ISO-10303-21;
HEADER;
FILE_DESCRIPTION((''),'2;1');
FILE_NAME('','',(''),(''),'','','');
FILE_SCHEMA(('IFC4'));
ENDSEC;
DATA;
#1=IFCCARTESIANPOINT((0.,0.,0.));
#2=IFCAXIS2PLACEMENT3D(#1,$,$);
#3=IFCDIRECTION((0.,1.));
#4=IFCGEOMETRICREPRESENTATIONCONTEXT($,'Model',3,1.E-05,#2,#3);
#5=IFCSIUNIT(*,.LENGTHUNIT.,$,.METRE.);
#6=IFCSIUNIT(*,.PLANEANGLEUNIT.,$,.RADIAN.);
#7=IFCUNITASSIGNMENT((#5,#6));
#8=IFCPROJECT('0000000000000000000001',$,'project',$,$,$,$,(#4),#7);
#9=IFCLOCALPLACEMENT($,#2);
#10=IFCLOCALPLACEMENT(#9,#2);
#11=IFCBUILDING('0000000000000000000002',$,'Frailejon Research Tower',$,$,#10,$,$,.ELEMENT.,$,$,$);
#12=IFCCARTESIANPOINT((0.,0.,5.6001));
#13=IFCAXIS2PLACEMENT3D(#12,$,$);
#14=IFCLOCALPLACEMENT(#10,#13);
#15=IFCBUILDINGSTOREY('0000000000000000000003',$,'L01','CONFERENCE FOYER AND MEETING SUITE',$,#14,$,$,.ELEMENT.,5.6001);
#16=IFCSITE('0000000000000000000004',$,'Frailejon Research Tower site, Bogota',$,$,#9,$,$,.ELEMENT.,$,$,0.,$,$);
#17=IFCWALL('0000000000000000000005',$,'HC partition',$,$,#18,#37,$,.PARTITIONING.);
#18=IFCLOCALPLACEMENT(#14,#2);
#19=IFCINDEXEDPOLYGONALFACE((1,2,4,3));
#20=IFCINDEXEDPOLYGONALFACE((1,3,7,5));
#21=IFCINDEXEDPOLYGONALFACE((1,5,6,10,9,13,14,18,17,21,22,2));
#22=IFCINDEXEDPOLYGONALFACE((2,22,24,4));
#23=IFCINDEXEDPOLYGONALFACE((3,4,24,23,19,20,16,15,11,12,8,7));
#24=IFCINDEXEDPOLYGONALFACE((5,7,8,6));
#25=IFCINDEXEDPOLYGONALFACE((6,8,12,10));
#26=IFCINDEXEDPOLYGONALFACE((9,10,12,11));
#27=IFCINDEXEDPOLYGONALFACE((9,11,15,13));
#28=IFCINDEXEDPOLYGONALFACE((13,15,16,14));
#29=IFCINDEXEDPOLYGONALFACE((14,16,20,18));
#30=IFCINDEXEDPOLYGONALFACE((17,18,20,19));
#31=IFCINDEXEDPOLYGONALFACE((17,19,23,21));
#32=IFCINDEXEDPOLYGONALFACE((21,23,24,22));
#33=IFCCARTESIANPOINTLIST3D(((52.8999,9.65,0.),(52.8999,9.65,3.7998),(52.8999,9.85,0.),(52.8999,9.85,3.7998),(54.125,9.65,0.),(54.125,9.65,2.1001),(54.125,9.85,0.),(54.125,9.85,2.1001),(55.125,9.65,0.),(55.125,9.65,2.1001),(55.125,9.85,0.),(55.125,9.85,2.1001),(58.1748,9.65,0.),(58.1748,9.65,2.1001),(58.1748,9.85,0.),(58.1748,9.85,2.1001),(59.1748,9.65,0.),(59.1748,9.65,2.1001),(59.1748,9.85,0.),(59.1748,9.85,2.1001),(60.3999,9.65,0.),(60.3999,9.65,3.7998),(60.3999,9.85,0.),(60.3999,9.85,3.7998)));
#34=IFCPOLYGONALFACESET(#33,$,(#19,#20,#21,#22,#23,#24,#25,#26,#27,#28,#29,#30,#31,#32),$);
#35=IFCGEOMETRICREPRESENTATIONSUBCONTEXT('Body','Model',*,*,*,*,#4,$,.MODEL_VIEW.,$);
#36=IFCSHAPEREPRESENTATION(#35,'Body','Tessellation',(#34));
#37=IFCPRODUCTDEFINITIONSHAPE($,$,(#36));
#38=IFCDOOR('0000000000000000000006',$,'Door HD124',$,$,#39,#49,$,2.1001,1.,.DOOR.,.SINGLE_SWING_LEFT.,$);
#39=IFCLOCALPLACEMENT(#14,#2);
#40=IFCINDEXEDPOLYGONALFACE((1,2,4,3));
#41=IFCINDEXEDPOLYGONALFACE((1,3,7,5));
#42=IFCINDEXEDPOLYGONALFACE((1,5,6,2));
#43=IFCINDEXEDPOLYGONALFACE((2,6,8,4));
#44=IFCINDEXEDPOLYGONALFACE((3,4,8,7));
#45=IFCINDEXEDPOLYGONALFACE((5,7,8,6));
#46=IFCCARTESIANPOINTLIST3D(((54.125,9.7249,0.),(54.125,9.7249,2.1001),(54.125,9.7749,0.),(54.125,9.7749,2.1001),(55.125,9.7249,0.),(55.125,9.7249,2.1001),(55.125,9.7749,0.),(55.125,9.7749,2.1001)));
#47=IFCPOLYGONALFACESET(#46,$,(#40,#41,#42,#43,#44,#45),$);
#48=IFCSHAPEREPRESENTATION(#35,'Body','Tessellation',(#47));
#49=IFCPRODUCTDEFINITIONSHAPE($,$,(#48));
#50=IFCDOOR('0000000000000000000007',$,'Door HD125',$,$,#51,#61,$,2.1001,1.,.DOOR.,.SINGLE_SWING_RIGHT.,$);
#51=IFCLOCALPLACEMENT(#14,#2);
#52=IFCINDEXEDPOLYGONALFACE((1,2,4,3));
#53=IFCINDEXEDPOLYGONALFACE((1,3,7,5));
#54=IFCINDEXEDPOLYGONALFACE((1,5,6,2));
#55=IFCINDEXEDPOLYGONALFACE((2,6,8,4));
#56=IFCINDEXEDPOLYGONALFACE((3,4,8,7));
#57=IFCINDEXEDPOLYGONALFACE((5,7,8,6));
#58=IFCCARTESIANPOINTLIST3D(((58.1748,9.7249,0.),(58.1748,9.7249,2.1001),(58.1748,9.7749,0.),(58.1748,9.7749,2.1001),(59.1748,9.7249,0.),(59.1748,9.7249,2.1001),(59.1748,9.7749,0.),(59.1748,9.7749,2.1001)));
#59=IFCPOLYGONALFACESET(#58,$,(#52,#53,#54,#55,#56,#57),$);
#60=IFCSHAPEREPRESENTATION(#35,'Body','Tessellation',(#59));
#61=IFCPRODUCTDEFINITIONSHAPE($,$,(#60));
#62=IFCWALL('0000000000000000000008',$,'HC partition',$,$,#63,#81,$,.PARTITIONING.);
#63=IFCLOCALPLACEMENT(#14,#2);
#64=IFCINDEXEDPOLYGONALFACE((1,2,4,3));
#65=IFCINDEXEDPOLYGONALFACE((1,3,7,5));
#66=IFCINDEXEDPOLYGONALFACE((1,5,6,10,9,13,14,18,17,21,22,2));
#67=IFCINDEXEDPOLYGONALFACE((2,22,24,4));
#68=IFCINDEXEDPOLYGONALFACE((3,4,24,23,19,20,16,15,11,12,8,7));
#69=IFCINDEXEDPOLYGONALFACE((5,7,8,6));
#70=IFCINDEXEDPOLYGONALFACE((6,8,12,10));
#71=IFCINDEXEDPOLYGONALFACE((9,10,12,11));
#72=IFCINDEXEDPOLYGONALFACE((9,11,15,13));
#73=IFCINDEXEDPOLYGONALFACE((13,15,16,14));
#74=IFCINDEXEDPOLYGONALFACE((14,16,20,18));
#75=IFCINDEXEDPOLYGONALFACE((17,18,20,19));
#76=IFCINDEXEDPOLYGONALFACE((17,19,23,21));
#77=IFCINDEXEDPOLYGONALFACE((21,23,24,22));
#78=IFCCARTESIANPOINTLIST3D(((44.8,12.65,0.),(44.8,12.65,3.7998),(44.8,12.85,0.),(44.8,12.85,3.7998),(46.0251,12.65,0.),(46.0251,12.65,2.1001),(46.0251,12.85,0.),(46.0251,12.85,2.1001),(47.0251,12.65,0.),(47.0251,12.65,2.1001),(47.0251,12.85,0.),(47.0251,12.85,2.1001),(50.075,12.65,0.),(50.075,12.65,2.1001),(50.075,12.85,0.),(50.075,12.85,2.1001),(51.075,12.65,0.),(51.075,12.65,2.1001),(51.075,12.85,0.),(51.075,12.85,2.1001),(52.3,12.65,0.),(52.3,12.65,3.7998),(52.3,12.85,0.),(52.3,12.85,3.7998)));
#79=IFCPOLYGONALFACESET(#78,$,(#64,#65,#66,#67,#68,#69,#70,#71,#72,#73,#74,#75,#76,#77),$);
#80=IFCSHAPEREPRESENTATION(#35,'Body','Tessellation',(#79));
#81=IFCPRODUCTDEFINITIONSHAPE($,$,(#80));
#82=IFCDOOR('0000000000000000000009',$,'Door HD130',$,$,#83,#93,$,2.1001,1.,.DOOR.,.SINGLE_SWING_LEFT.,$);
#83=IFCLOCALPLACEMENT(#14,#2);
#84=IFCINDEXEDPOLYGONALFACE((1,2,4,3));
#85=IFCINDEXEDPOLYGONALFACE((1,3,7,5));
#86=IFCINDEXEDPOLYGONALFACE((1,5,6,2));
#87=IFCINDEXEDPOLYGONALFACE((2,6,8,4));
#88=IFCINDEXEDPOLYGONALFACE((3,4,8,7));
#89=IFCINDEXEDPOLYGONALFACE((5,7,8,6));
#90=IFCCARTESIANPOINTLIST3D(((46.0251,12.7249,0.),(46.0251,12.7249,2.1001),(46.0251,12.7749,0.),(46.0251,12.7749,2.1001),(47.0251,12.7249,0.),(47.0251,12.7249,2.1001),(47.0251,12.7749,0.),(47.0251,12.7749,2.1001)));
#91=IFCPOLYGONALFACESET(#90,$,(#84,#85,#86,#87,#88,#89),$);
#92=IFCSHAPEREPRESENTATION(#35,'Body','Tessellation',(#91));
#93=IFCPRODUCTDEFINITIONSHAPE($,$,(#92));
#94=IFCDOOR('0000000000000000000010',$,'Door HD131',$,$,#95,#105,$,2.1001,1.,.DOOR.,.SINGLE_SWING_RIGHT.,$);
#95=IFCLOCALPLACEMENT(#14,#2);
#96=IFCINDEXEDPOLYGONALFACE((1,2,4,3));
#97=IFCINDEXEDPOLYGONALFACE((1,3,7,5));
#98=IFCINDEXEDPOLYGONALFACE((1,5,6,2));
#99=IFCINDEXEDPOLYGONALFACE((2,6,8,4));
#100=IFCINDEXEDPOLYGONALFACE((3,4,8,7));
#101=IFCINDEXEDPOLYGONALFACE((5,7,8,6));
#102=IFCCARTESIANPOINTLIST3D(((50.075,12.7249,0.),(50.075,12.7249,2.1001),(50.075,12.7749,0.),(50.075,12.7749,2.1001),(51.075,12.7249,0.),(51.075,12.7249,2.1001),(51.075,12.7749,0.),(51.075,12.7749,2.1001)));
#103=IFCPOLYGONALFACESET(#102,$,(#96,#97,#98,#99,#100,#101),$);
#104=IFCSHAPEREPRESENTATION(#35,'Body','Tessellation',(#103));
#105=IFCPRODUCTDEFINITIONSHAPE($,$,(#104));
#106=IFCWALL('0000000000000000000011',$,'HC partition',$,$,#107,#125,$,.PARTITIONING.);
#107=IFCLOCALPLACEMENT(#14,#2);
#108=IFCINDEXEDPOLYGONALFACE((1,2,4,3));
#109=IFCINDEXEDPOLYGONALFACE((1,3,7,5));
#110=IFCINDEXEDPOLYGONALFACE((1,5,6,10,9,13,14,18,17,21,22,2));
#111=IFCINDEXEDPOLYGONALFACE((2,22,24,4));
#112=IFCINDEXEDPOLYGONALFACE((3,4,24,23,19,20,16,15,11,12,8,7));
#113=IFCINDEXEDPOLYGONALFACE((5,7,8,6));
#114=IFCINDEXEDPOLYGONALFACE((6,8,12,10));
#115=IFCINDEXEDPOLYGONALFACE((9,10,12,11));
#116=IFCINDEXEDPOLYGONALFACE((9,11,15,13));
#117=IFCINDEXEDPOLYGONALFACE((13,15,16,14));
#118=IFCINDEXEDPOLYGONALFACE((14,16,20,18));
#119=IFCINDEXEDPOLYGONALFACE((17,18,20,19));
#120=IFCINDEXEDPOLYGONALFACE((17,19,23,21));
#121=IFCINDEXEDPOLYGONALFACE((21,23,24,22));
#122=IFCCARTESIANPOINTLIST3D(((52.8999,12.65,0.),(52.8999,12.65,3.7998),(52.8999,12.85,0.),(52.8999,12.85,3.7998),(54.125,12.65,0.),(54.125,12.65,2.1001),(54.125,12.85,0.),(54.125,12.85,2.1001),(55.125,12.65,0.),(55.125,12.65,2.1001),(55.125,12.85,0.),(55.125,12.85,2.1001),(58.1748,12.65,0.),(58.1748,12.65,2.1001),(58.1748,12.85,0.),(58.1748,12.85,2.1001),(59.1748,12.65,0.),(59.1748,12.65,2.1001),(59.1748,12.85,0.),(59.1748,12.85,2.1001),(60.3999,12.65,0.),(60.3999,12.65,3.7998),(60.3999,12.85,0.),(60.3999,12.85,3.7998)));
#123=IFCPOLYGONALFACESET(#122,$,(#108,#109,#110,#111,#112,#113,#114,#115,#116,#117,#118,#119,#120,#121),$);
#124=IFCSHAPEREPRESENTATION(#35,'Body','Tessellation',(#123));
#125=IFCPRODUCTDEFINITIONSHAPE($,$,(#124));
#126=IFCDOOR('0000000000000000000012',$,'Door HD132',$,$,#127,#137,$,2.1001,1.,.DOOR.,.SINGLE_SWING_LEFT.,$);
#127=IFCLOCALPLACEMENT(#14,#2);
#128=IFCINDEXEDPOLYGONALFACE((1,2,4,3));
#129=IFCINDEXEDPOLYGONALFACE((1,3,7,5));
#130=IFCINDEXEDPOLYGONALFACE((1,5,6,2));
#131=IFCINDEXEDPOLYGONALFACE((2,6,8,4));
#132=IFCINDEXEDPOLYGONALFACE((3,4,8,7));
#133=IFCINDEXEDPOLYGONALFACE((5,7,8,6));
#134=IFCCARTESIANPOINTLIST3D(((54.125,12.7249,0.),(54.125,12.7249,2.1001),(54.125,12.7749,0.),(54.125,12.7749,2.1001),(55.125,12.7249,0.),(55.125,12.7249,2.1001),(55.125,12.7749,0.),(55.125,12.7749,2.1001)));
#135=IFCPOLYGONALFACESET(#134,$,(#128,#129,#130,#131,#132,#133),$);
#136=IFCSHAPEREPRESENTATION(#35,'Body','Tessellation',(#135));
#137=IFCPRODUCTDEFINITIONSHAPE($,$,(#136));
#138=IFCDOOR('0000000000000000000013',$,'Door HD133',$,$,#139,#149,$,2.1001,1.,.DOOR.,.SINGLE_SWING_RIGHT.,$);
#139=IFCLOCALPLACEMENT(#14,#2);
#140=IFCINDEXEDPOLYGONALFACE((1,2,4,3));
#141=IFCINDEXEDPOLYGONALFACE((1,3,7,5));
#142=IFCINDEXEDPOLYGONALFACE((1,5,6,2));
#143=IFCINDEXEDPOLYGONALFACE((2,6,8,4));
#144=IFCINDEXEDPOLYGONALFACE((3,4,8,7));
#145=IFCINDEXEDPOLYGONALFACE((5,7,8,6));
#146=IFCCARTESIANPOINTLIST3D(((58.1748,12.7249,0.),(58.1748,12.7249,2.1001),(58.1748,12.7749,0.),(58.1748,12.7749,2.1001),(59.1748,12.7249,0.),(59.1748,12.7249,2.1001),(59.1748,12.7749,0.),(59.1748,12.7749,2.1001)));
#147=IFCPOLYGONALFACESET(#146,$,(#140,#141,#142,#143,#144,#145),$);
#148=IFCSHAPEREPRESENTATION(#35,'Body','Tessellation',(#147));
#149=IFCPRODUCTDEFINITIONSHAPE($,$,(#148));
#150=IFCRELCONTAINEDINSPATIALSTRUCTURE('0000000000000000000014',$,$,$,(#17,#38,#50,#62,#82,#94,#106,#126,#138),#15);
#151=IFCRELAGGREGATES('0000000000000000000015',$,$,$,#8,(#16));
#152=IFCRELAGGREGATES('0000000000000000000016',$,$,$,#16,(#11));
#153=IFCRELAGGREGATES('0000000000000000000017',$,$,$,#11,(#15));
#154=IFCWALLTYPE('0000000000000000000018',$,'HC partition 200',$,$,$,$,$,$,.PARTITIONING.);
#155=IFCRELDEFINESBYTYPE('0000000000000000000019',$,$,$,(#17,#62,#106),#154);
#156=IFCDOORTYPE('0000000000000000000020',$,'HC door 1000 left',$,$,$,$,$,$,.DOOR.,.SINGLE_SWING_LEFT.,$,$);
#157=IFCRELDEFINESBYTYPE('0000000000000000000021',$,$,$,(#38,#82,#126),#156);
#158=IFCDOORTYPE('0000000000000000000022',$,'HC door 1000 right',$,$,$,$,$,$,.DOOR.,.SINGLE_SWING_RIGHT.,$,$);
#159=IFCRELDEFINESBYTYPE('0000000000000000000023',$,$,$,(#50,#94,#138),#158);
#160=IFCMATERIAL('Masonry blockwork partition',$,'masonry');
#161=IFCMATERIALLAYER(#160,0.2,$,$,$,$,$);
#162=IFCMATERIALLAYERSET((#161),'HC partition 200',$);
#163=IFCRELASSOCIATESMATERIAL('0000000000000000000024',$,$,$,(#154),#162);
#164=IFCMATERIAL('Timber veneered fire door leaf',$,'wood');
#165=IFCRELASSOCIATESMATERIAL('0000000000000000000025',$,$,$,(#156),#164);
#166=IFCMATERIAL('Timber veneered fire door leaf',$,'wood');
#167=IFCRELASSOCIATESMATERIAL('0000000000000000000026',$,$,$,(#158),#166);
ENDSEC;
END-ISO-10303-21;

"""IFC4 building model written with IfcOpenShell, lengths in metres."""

from ifc_helpers import new_model, si_unit, direction, frame, frame_2d, origin, place, context, subcontext, project, spatial, rectangle, extrude, material, layer, layer_set, type_object, element, fill, save


model = new_model("IFC4")

# Units and contexts
model_context = context("Model", 3, precision=1e-05, world=origin(), true_north=direction((0.0, 1.0)))
body_context = subcontext(model_context, "Body", "Model", "MODEL_VIEW")
ifc_project = project(units=[si_unit("LENGTHUNIT", "METRE"), si_unit("PLANEANGLEUNIT", "RADIAN")], contexts=[model_context])

# Site, building, storey
site_placement = place(None, origin())
site = spatial("IfcSite", under=ifc_project, at=site_placement, Name="Frailejon Research Tower site, Bogota", CompositionType="ELEMENT", RefElevation=0.0)
building_placement = place(site_placement, origin())
building = spatial("IfcBuilding", under=site, at=building_placement, Name="Frailejon Research Tower", CompositionType="ELEMENT")
storey_placement = place(building_placement, frame((0.0, 0.0, 5.6001)))
storey = spatial("IfcBuildingStorey", under=building, at=storey_placement, Name="L01", Description="CONFERENCE FOYER AND MEETING SUITE", CompositionType="ELEMENT", Elevation=5.6001)

# Shared definitions
ifc_material_1 = material(Name="Masonry blockwork partition", Category="masonry")
ifc_layer_1 = layer(ifc_material_1, 0.2)
ifc_layer_set_1 = layer_set([ifc_layer_1], Name="HC partition 200")
wall_type_1 = type_object("IfcWallType", Name="HC partition 200", PredefinedType="PARTITIONING", material=ifc_layer_set_1)

# Walls, openings, doors
wall_1_placement = place(storey_placement, frame((52.8999, 9.75, 0.0), z_axis=(0.0, 0.0, 1.0), x_axis=(1.0, 0.0, 0.0)))
wall_1 = element("IfcWall", 1, at=wall_1_placement, inside=storey, type_object=wall_type_1, Name="HC partition", PredefinedType="PARTITIONING", context=body_context, shape_type="SweptSolid", body=[
    extrude(rectangle(XDim=7.5, YDim=0.2, at=frame_2d((3.75, 0.0))), origin(), (0.0, 0.0, 1.0), 3.7998),
])
opening_1_placement = place(wall_1_placement, frame((1.2251, 0.0, 0.0)))
opening_1 = element("IfcOpeningElement", 2, at=opening_1_placement, cuts=wall_1, PredefinedType="OPENING", context=body_context, shape_type="SweptSolid", body=[
    extrude(rectangle(XDim=1.0, YDim=2.1001, at=frame_2d((0.5, 1.05))), frame((0.0, 0.1099, 0.0), z_axis=(0.0, -1.0, 0.0), x_axis=(1.0, 0.0, 0.0)), (0.0, 0.0, 1.0), 0.22),
])
opening_2_placement = place(wall_1_placement, frame((5.2749, 0.0, 0.0)))
opening_2 = element("IfcOpeningElement", 3, at=opening_2_placement, cuts=wall_1, PredefinedType="OPENING", context=body_context, shape_type="SweptSolid", body=[
    extrude(rectangle(XDim=1.0, YDim=2.1001, at=frame_2d((0.5, 1.05))), frame((0.0, 0.1099, 0.0), z_axis=(0.0, -1.0, 0.0), x_axis=(1.0, 0.0, 0.0)), (0.0, 0.0, 1.0), 0.22),
])
ifc_material_2 = material(Name="Timber veneered fire door leaf", Category="wood")
door_type_1 = type_object("IfcDoorType", Name="HC door 1000 left", OperationType="SINGLE_SWING_LEFT", PredefinedType="DOOR", material=ifc_material_2)
door_1_placement = place(opening_1_placement, origin())
door_1 = element("IfcDoor", 4, at=door_1_placement, inside=storey, type_object=door_type_1, Name="Door HD124", OperationType="SINGLE_SWING_LEFT", OverallHeight=2.1001, OverallWidth=1.0, PredefinedType="DOOR", context=body_context, shape_type="SweptSolid", body=[
    extrude(rectangle(XDim=1.0, YDim=2.1001, at=frame_2d((0.5, 1.05))), frame((0.0, 0.0249, 0.0), z_axis=(0.0, -1.0, 0.0), x_axis=(1.0, 0.0, 0.0)), (0.0, 0.0, 1.0), 0.05),
])
fill(opening_1, door_1)
ifc_material_3 = material(Name="Timber veneered fire door leaf", Category="wood")
door_type_2 = type_object("IfcDoorType", Name="HC door 1000 right", OperationType="SINGLE_SWING_RIGHT", PredefinedType="DOOR", material=ifc_material_3)
door_2_placement = place(opening_2_placement, origin())
door_2 = element("IfcDoor", 5, at=door_2_placement, inside=storey, type_object=door_type_2, Name="Door HD125", OperationType="SINGLE_SWING_RIGHT", OverallHeight=2.1001, OverallWidth=1.0, PredefinedType="DOOR", context=body_context, shape_type="SweptSolid", body=[
    extrude(rectangle(XDim=1.0, YDim=2.1001, at=frame_2d((0.5, 1.05))), frame((0.0, 0.0249, 0.0), z_axis=(0.0, -1.0, 0.0), x_axis=(1.0, 0.0, 0.0)), (0.0, 0.0, 1.0), 0.05),
])
fill(opening_2, door_2)
wall_2_placement = place(storey_placement, frame((44.8, 12.75, 0.0), z_axis=(0.0, 0.0, 1.0), x_axis=(1.0, 0.0, 0.0)))
wall_2 = element("IfcWall", 6, at=wall_2_placement, inside=storey, type_object=wall_type_1, Name="HC partition", PredefinedType="PARTITIONING", context=body_context, shape_type="SweptSolid", body=[
    extrude(rectangle(XDim=7.5, YDim=0.2, at=frame_2d((3.75, 0.0))), origin(), (0.0, 0.0, 1.0), 3.7998),
])
opening_3_placement = place(wall_2_placement, frame((1.2251, 0.0, 0.0)))
opening_3 = element("IfcOpeningElement", 7, at=opening_3_placement, cuts=wall_2, PredefinedType="OPENING", context=body_context, shape_type="SweptSolid", body=[
    extrude(rectangle(XDim=1.0, YDim=2.1001, at=frame_2d((0.5, 1.05))), frame((0.0, 0.1099, 0.0), z_axis=(0.0, -1.0, 0.0), x_axis=(1.0, 0.0, 0.0)), (0.0, 0.0, 1.0), 0.22),
])
opening_4_placement = place(wall_2_placement, frame((5.2749, 0.0, 0.0)))
opening_4 = element("IfcOpeningElement", 8, at=opening_4_placement, cuts=wall_2, PredefinedType="OPENING", context=body_context, shape_type="SweptSolid", body=[
    extrude(rectangle(XDim=1.0, YDim=2.1001, at=frame_2d((0.5, 1.05))), frame((0.0, 0.1099, 0.0), z_axis=(0.0, -1.0, 0.0), x_axis=(1.0, 0.0, 0.0)), (0.0, 0.0, 1.0), 0.22),
])
door_3_placement = place(opening_3_placement, origin())
door_3 = element("IfcDoor", 9, at=door_3_placement, inside=storey, type_object=door_type_1, Name="Door HD130", OperationType="SINGLE_SWING_LEFT", OverallHeight=2.1001, OverallWidth=1.0, PredefinedType="DOOR", context=body_context, shape_type="SweptSolid", body=[
    extrude(rectangle(XDim=1.0, YDim=2.1001, at=frame_2d((0.5, 1.05))), frame((0.0, 0.0249, 0.0), z_axis=(0.0, -1.0, 0.0), x_axis=(1.0, 0.0, 0.0)), (0.0, 0.0, 1.0), 0.05),
])
fill(opening_3, door_3)
door_4_placement = place(opening_4_placement, origin())
door_4 = element("IfcDoor", 10, at=door_4_placement, inside=storey, type_object=door_type_2, Name="Door HD131", OperationType="SINGLE_SWING_RIGHT", OverallHeight=2.1001, OverallWidth=1.0, PredefinedType="DOOR", context=body_context, shape_type="SweptSolid", body=[
    extrude(rectangle(XDim=1.0, YDim=2.1001, at=frame_2d((0.5, 1.05))), frame((0.0, 0.0249, 0.0), z_axis=(0.0, -1.0, 0.0), x_axis=(1.0, 0.0, 0.0)), (0.0, 0.0, 1.0), 0.05),
])
fill(opening_4, door_4)
wall_3_placement = place(storey_placement, frame((52.8999, 12.75, 0.0), z_axis=(0.0, 0.0, 1.0), x_axis=(1.0, 0.0, 0.0)))
wall_3 = element("IfcWall", 11, at=wall_3_placement, inside=storey, type_object=wall_type_1, Name="HC partition", PredefinedType="PARTITIONING", context=body_context, shape_type="SweptSolid", body=[
    extrude(rectangle(XDim=7.5, YDim=0.2, at=frame_2d((3.75, 0.0))), origin(), (0.0, 0.0, 1.0), 3.7998),
])
opening_5_placement = place(wall_3_placement, frame((1.2251, 0.0, 0.0)))
opening_5 = element("IfcOpeningElement", 12, at=opening_5_placement, cuts=wall_3, PredefinedType="OPENING", context=body_context, shape_type="SweptSolid", body=[
    extrude(rectangle(XDim=1.0, YDim=2.1001, at=frame_2d((0.5, 1.05))), frame((0.0, 0.1099, 0.0), z_axis=(0.0, -1.0, 0.0), x_axis=(1.0, 0.0, 0.0)), (0.0, 0.0, 1.0), 0.22),
])
opening_6_placement = place(wall_3_placement, frame((5.2749, 0.0, 0.0)))
opening_6 = element("IfcOpeningElement", 13, at=opening_6_placement, cuts=wall_3, PredefinedType="OPENING", context=body_context, shape_type="SweptSolid", body=[
    extrude(rectangle(XDim=1.0, YDim=2.1001, at=frame_2d((0.5, 1.05))), frame((0.0, 0.1099, 0.0), z_axis=(0.0, -1.0, 0.0), x_axis=(1.0, 0.0, 0.0)), (0.0, 0.0, 1.0), 0.22),
])
door_5_placement = place(opening_5_placement, origin())
door_5 = element("IfcDoor", 14, at=door_5_placement, inside=storey, type_object=door_type_1, Name="Door HD132", OperationType="SINGLE_SWING_LEFT", OverallHeight=2.1001, OverallWidth=1.0, PredefinedType="DOOR", context=body_context, shape_type="SweptSolid", body=[
    extrude(rectangle(XDim=1.0, YDim=2.1001, at=frame_2d((0.5, 1.05))), frame((0.0, 0.0249, 0.0), z_axis=(0.0, -1.0, 0.0), x_axis=(1.0, 0.0, 0.0)), (0.0, 0.0, 1.0), 0.05),
])
fill(opening_5, door_5)
door_6_placement = place(opening_6_placement, origin())
door_6 = element("IfcDoor", 15, at=door_6_placement, inside=storey, type_object=door_type_2, Name="Door HD133", OperationType="SINGLE_SWING_RIGHT", OverallHeight=2.1001, OverallWidth=1.0, PredefinedType="DOOR", context=body_context, shape_type="SweptSolid", body=[
    extrude(rectangle(XDim=1.0, YDim=2.1001, at=frame_2d((0.5, 1.05))), frame((0.0, 0.0249, 0.0), z_axis=(0.0, -1.0, 0.0), x_axis=(1.0, 0.0, 0.0)), (0.0, 0.0, 1.0), 0.05),
])
fill(opening_6, door_6)

save(model, "model.ifc")
